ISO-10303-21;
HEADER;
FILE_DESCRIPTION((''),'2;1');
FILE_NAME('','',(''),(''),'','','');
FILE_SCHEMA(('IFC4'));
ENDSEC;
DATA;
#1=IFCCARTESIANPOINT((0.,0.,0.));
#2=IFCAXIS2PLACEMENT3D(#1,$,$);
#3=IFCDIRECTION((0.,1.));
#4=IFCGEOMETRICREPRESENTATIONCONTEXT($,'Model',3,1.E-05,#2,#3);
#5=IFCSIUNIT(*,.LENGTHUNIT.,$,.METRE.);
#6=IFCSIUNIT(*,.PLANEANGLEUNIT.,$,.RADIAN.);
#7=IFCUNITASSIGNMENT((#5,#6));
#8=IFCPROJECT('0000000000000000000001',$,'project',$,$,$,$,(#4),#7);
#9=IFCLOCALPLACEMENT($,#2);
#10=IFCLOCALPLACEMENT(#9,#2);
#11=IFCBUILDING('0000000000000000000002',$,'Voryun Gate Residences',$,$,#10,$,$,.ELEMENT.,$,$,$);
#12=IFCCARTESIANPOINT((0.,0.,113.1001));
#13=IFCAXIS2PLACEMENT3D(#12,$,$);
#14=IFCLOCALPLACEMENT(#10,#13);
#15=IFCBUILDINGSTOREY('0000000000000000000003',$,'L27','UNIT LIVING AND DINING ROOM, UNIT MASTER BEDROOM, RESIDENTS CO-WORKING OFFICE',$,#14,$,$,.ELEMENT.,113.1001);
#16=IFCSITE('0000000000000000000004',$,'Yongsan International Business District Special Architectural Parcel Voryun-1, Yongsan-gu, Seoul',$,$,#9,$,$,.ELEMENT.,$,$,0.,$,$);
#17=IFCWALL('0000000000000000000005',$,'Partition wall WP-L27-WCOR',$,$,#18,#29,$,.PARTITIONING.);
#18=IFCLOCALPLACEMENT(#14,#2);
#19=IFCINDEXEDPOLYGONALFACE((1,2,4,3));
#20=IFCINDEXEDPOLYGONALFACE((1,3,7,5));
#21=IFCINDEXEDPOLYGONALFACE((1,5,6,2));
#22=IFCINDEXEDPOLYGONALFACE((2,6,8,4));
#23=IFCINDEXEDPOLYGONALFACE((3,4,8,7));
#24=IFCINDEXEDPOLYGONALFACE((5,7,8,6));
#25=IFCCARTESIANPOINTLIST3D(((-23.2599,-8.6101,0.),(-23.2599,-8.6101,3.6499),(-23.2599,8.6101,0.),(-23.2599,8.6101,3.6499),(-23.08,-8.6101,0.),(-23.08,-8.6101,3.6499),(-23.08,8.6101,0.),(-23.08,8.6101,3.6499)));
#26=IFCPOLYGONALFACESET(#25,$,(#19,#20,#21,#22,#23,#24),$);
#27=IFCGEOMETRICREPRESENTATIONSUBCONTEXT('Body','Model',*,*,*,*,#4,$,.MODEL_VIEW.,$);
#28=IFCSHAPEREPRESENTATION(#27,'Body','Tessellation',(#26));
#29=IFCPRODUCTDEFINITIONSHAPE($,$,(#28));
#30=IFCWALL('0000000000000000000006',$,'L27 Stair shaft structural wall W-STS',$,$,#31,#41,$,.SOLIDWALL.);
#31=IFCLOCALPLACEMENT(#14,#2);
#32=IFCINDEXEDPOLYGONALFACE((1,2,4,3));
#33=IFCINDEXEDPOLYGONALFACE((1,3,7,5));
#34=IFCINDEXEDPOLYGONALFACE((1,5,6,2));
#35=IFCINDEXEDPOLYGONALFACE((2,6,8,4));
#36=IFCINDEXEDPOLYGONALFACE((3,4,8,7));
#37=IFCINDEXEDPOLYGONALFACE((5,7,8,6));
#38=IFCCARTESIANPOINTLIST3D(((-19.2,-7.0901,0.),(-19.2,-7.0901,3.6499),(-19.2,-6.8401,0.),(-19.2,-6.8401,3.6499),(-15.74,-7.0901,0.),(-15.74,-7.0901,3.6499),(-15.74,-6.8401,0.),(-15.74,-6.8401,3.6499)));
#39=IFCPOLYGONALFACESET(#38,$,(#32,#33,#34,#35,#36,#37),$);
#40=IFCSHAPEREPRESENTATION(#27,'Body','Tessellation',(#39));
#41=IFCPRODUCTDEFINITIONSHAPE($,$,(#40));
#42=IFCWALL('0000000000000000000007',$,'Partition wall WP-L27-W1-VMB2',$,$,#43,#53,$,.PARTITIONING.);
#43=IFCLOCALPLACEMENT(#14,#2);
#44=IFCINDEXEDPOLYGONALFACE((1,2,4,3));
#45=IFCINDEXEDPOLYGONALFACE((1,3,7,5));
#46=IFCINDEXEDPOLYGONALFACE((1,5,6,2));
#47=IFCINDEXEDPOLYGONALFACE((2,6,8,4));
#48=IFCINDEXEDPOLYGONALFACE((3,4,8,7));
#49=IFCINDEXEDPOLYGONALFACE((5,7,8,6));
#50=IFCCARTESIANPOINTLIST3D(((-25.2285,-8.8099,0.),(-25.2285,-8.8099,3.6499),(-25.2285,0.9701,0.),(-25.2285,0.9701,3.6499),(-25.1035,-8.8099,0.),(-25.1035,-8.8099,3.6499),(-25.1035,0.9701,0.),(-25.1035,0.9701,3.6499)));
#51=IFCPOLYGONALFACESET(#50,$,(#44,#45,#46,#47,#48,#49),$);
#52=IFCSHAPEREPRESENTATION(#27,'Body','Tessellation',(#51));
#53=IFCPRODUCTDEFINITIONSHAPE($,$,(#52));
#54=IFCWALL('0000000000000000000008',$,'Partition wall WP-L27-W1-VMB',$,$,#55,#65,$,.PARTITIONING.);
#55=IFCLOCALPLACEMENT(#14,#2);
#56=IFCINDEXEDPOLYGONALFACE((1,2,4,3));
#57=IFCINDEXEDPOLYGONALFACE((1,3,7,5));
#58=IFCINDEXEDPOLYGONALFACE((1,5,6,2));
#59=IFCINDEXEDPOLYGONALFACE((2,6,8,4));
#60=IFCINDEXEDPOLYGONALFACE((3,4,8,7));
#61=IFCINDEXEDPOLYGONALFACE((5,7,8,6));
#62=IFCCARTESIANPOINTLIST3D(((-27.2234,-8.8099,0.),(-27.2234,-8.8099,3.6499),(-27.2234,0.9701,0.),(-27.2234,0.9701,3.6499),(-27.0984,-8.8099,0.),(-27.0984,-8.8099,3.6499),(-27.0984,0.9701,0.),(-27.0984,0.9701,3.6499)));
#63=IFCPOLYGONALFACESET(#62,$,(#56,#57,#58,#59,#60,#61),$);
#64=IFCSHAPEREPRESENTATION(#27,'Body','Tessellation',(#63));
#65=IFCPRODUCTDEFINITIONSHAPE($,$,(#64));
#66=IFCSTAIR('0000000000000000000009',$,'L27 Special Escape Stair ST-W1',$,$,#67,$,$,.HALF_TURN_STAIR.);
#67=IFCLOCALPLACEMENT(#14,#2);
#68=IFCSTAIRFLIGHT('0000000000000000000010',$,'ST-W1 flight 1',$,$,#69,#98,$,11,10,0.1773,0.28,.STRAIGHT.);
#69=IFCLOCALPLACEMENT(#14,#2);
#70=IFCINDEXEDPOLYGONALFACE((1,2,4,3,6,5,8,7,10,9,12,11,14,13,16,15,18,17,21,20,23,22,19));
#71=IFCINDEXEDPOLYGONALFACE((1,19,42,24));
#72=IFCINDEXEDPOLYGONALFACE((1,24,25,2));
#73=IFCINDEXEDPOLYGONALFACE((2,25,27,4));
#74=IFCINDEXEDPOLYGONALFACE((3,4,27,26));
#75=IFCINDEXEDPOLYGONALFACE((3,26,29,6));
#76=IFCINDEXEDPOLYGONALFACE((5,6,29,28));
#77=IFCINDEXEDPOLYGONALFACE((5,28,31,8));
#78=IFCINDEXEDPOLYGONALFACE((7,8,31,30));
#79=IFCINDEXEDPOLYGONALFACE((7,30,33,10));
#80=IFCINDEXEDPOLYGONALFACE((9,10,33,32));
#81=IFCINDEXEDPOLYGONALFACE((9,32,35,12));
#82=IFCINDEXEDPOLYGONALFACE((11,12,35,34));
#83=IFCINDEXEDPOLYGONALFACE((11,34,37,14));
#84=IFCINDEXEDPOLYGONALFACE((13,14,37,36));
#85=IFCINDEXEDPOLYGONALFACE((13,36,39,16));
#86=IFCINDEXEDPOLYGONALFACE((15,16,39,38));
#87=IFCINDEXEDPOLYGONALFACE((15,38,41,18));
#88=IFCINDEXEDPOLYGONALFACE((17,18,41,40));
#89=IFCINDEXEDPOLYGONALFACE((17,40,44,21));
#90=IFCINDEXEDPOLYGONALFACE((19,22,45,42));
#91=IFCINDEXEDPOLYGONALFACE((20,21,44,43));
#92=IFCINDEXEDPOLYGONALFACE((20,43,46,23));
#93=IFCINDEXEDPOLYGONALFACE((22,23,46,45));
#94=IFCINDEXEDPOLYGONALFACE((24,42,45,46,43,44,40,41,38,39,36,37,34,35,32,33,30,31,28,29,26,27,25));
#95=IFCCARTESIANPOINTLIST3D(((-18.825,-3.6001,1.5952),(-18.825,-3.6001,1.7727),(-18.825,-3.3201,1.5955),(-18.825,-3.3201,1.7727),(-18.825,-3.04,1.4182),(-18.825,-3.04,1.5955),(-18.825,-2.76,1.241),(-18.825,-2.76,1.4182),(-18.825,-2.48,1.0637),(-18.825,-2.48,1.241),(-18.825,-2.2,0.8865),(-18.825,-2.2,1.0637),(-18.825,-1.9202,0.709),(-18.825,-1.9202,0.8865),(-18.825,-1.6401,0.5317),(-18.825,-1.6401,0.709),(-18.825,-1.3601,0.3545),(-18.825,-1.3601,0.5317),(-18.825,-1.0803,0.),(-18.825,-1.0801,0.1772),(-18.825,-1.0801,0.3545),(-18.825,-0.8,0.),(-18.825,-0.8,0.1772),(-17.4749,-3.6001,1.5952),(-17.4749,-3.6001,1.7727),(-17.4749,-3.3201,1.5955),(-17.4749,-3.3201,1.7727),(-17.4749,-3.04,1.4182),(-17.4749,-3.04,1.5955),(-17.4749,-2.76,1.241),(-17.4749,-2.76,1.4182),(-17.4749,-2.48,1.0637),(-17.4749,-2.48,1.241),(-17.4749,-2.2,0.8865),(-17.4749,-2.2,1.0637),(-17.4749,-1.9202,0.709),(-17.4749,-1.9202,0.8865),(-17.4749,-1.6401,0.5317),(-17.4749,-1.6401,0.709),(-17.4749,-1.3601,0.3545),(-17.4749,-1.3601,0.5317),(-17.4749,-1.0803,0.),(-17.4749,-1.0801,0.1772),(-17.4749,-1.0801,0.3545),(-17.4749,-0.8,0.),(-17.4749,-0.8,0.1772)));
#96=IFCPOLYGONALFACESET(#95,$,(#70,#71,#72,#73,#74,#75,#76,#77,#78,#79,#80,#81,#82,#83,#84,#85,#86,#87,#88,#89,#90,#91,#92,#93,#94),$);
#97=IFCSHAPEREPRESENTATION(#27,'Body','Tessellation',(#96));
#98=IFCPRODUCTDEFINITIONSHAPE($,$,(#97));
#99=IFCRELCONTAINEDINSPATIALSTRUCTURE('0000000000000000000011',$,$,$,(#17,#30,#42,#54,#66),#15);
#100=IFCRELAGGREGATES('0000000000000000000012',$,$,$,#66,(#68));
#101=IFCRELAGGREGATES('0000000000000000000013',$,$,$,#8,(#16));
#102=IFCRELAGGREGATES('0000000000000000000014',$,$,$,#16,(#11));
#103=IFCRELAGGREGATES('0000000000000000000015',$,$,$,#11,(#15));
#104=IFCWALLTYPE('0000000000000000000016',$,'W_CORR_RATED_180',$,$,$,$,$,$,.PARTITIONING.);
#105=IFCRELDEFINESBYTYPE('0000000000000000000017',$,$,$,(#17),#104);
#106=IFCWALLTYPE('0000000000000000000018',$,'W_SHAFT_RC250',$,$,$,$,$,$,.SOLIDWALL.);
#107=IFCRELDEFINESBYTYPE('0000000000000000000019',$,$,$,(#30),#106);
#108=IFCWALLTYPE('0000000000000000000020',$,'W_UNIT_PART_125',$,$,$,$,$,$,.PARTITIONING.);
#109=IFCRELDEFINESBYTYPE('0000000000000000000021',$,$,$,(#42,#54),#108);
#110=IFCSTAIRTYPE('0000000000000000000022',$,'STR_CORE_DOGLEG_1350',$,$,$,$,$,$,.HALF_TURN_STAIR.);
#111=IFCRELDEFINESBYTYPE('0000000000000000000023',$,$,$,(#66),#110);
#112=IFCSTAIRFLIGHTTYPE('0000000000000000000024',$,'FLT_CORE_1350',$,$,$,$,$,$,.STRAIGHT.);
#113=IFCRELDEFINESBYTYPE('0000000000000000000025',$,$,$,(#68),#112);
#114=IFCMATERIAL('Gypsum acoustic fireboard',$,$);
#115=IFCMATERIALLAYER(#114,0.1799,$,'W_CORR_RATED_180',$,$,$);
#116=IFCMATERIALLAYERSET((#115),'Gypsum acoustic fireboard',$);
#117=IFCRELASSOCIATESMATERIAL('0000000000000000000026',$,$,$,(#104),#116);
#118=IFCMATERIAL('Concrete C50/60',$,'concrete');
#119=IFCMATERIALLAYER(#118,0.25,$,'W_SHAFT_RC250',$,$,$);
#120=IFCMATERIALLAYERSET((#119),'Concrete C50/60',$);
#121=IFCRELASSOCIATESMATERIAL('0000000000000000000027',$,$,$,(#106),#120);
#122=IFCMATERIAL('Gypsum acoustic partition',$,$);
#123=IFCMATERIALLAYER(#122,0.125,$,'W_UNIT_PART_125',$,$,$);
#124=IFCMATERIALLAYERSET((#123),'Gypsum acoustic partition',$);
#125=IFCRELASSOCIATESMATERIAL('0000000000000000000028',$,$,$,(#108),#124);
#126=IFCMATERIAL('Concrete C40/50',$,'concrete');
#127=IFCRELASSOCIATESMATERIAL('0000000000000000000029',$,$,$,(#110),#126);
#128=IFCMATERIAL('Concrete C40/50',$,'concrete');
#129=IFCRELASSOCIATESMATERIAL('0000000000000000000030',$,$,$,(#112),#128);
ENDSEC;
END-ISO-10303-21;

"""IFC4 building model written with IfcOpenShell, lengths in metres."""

from ifc_helpers import new_model, si_unit, direction, frame, frame_2d, origin, place, context, subcontext, project, spatial, polyline, rectangle, outline, extrude, material, layer, layer_set, type_object, element, aggregate, save


model = new_model("IFC4")

# Units and contexts
model_context = context("Model", 3, precision=1e-05, world=origin(), true_north=direction((0.0, 1.0)))
body_context = subcontext(model_context, "Body", "Model", "MODEL_VIEW")
ifc_project = project(units=[si_unit("LENGTHUNIT", "METRE"), si_unit("PLANEANGLEUNIT", "RADIAN")], contexts=[model_context])

# Site, building, storey
site_placement = place(None, origin())
site = spatial("IfcSite", under=ifc_project, at=site_placement, Name="Yongsan International Business District Special Architectural Parcel Voryun-1, Yongsan-gu, Seoul", CompositionType="ELEMENT", RefElevation=0.0)
building_placement = place(site_placement, origin())
building = spatial("IfcBuilding", under=site, at=building_placement, Name="Voryun Gate Residences", CompositionType="ELEMENT")
storey_placement = place(building_placement, frame((0.0, 0.0, 113.1001)))
storey = spatial("IfcBuildingStorey", under=building, at=storey_placement, Name="L27", Description="UNIT LIVING AND DINING ROOM, UNIT MASTER BEDROOM, RESIDENTS CO-WORKING OFFICE", CompositionType="ELEMENT", Elevation=113.1001)

# Shared definitions
ifc_material_1 = material(Name="Gypsum acoustic fireboard")
ifc_layer_1 = layer(ifc_material_1, 0.1799, Name="W_CORR_RATED_180")
ifc_layer_set_1 = layer_set([ifc_layer_1], Name="Gypsum acoustic fireboard")
wall_type_1 = type_object("IfcWallType", Name="W_CORR_RATED_180", PredefinedType="PARTITIONING", material=ifc_layer_set_1)

# Walls
wall_1_placement = place(storey_placement, frame((-23.1699, -8.6101, 0.0), z_axis=(0.0, 0.0, 1.0), x_axis=(0.0, 1.0, 0.0)))
element("IfcWall", 1, at=wall_1_placement, inside=storey, type_object=wall_type_1, Name="Partition wall WP-L27-WCOR", PredefinedType="PARTITIONING", context=body_context, shape_type="SweptSolid", body=[
    extrude(rectangle(XDim=17.2202, YDim=0.1799, at=frame_2d((8.6101, 0.0))), origin(), (0.0, 0.0, 1.0), 3.6499),
])
ifc_material_2 = material(Name="Concrete C50/60", Category="concrete")
ifc_layer_2 = layer(ifc_material_2, 0.25, Name="W_SHAFT_RC250")
ifc_layer_set_2 = layer_set([ifc_layer_2], Name="Concrete C50/60")
wall_type_2 = type_object("IfcWallType", Name="W_SHAFT_RC250", PredefinedType="SOLIDWALL", material=ifc_layer_set_2)
wall_2_placement = place(storey_placement, frame((-19.2, -6.9651, 0.0), z_axis=(0.0, 0.0, 1.0), x_axis=(1.0, 0.0, 0.0)))
element("IfcWall", 2, at=wall_2_placement, inside=storey, type_object=wall_type_2, Name="L27 Stair shaft structural wall W-STS", PredefinedType="SOLIDWALL", context=body_context, shape_type="SweptSolid", body=[
    extrude(rectangle(XDim=3.46, YDim=0.25, at=frame_2d((1.73, 0.0))), origin(), (0.0, 0.0, 1.0), 3.6499),
])
ifc_material_3 = material(Name="Gypsum acoustic partition")
ifc_layer_3 = layer(ifc_material_3, 0.125, Name="W_UNIT_PART_125")
ifc_layer_set_3 = layer_set([ifc_layer_3], Name="Gypsum acoustic partition")
wall_type_3 = type_object("IfcWallType", Name="W_UNIT_PART_125", PredefinedType="PARTITIONING", material=ifc_layer_set_3)
for number, where, z_axis, x_axis, name in (
    (3, (-25.166, -8.8101, 0.0), (0.0, 0.0, 1.0), (0.0, 1.0, 0.0), "Partition wall WP-L27-W1-VMB2"),
    (4, (-27.1609, -8.8101, 0.0), (0.0, 0.0, 1.0), (0.0, 1.0, 0.0), "Partition wall WP-L27-W1-VMB"),
):
    element("IfcWall", number, at=place(storey_placement, frame(where, z_axis=z_axis, x_axis=x_axis)), inside=storey, type_object=wall_type_3, Name=name, PredefinedType="PARTITIONING", context=body_context, shape_type="SweptSolid", body=[
        extrude(rectangle(XDim=9.78, YDim=0.125, at=frame_2d((4.8901, 0.0))), origin(), (0.0, 0.0, 1.0), 3.6499),
    ])

# Stair, stair flight
ifc_material_4 = material(Name="Concrete C40/50", Category="concrete")
stair_type = type_object("IfcStairType", Name="STR_CORE_DOGLEG_1350", PredefinedType="HALF_TURN_STAIR", material=ifc_material_4)
stair_placement = place(storey_placement, origin())
stair = element("IfcStair", 5, at=stair_placement, inside=storey, type_object=stair_type, Name="L27 Special Escape Stair ST-W1", PredefinedType="HALF_TURN_STAIR")
ifc_material_5 = material(Name="Concrete C40/50", Category="concrete")
stair_flight_type = type_object("IfcStairFlightType", Name="FLT_CORE_1350", PredefinedType="STRAIGHT", material=ifc_material_5)
stair_flight_placement = place(storey_placement, frame((-18.1499, -0.8, 0.0), z_axis=(0.0, 0.0, 1.0), x_axis=(0.0, -1.0, 0.0)))
stair_flight = element("IfcStairFlight", 6, at=stair_flight_placement, type_object=stair_flight_type, Name="ST-W1 flight 1", NumberOfRisers=11, NumberOfTreads=10, PredefinedType="STRAIGHT", RiserHeight=0.1773, TreadLength=0.28, context=body_context, shape_type="SweptSolid", body=[
    extrude(outline(polyline([(0.0, 0.0), (0.0, 0.1772), (0.28, 0.1772), (0.28, 0.3545), (0.5601, 0.3545), (0.5601, 0.5317), (0.8401, 0.5317), (0.8401, 0.709), (1.1201, 0.709), (1.1201, 0.8865), (1.3999, 0.8865), (1.3999, 1.0637), (1.6799, 1.0637), (1.6799, 1.241), (1.96, 1.241), (1.96, 1.4182), (2.24, 1.4182), (2.24, 1.5955), (2.52, 1.5955), (2.52, 1.7727), (2.8, 1.7727), (2.8, 1.95), (2.8, 1.5952), (0.2803, 0.0), (0.0, 0.0)])), frame((0.0, 0.675, 0.0), z_axis=(0.0, -1.0, 0.0), x_axis=(1.0, 0.0, 0.0)), (0.0, 0.0, 1.0), 1.3501),
])
aggregate(stair, [stair_flight])

save(model, "model.ifc")
